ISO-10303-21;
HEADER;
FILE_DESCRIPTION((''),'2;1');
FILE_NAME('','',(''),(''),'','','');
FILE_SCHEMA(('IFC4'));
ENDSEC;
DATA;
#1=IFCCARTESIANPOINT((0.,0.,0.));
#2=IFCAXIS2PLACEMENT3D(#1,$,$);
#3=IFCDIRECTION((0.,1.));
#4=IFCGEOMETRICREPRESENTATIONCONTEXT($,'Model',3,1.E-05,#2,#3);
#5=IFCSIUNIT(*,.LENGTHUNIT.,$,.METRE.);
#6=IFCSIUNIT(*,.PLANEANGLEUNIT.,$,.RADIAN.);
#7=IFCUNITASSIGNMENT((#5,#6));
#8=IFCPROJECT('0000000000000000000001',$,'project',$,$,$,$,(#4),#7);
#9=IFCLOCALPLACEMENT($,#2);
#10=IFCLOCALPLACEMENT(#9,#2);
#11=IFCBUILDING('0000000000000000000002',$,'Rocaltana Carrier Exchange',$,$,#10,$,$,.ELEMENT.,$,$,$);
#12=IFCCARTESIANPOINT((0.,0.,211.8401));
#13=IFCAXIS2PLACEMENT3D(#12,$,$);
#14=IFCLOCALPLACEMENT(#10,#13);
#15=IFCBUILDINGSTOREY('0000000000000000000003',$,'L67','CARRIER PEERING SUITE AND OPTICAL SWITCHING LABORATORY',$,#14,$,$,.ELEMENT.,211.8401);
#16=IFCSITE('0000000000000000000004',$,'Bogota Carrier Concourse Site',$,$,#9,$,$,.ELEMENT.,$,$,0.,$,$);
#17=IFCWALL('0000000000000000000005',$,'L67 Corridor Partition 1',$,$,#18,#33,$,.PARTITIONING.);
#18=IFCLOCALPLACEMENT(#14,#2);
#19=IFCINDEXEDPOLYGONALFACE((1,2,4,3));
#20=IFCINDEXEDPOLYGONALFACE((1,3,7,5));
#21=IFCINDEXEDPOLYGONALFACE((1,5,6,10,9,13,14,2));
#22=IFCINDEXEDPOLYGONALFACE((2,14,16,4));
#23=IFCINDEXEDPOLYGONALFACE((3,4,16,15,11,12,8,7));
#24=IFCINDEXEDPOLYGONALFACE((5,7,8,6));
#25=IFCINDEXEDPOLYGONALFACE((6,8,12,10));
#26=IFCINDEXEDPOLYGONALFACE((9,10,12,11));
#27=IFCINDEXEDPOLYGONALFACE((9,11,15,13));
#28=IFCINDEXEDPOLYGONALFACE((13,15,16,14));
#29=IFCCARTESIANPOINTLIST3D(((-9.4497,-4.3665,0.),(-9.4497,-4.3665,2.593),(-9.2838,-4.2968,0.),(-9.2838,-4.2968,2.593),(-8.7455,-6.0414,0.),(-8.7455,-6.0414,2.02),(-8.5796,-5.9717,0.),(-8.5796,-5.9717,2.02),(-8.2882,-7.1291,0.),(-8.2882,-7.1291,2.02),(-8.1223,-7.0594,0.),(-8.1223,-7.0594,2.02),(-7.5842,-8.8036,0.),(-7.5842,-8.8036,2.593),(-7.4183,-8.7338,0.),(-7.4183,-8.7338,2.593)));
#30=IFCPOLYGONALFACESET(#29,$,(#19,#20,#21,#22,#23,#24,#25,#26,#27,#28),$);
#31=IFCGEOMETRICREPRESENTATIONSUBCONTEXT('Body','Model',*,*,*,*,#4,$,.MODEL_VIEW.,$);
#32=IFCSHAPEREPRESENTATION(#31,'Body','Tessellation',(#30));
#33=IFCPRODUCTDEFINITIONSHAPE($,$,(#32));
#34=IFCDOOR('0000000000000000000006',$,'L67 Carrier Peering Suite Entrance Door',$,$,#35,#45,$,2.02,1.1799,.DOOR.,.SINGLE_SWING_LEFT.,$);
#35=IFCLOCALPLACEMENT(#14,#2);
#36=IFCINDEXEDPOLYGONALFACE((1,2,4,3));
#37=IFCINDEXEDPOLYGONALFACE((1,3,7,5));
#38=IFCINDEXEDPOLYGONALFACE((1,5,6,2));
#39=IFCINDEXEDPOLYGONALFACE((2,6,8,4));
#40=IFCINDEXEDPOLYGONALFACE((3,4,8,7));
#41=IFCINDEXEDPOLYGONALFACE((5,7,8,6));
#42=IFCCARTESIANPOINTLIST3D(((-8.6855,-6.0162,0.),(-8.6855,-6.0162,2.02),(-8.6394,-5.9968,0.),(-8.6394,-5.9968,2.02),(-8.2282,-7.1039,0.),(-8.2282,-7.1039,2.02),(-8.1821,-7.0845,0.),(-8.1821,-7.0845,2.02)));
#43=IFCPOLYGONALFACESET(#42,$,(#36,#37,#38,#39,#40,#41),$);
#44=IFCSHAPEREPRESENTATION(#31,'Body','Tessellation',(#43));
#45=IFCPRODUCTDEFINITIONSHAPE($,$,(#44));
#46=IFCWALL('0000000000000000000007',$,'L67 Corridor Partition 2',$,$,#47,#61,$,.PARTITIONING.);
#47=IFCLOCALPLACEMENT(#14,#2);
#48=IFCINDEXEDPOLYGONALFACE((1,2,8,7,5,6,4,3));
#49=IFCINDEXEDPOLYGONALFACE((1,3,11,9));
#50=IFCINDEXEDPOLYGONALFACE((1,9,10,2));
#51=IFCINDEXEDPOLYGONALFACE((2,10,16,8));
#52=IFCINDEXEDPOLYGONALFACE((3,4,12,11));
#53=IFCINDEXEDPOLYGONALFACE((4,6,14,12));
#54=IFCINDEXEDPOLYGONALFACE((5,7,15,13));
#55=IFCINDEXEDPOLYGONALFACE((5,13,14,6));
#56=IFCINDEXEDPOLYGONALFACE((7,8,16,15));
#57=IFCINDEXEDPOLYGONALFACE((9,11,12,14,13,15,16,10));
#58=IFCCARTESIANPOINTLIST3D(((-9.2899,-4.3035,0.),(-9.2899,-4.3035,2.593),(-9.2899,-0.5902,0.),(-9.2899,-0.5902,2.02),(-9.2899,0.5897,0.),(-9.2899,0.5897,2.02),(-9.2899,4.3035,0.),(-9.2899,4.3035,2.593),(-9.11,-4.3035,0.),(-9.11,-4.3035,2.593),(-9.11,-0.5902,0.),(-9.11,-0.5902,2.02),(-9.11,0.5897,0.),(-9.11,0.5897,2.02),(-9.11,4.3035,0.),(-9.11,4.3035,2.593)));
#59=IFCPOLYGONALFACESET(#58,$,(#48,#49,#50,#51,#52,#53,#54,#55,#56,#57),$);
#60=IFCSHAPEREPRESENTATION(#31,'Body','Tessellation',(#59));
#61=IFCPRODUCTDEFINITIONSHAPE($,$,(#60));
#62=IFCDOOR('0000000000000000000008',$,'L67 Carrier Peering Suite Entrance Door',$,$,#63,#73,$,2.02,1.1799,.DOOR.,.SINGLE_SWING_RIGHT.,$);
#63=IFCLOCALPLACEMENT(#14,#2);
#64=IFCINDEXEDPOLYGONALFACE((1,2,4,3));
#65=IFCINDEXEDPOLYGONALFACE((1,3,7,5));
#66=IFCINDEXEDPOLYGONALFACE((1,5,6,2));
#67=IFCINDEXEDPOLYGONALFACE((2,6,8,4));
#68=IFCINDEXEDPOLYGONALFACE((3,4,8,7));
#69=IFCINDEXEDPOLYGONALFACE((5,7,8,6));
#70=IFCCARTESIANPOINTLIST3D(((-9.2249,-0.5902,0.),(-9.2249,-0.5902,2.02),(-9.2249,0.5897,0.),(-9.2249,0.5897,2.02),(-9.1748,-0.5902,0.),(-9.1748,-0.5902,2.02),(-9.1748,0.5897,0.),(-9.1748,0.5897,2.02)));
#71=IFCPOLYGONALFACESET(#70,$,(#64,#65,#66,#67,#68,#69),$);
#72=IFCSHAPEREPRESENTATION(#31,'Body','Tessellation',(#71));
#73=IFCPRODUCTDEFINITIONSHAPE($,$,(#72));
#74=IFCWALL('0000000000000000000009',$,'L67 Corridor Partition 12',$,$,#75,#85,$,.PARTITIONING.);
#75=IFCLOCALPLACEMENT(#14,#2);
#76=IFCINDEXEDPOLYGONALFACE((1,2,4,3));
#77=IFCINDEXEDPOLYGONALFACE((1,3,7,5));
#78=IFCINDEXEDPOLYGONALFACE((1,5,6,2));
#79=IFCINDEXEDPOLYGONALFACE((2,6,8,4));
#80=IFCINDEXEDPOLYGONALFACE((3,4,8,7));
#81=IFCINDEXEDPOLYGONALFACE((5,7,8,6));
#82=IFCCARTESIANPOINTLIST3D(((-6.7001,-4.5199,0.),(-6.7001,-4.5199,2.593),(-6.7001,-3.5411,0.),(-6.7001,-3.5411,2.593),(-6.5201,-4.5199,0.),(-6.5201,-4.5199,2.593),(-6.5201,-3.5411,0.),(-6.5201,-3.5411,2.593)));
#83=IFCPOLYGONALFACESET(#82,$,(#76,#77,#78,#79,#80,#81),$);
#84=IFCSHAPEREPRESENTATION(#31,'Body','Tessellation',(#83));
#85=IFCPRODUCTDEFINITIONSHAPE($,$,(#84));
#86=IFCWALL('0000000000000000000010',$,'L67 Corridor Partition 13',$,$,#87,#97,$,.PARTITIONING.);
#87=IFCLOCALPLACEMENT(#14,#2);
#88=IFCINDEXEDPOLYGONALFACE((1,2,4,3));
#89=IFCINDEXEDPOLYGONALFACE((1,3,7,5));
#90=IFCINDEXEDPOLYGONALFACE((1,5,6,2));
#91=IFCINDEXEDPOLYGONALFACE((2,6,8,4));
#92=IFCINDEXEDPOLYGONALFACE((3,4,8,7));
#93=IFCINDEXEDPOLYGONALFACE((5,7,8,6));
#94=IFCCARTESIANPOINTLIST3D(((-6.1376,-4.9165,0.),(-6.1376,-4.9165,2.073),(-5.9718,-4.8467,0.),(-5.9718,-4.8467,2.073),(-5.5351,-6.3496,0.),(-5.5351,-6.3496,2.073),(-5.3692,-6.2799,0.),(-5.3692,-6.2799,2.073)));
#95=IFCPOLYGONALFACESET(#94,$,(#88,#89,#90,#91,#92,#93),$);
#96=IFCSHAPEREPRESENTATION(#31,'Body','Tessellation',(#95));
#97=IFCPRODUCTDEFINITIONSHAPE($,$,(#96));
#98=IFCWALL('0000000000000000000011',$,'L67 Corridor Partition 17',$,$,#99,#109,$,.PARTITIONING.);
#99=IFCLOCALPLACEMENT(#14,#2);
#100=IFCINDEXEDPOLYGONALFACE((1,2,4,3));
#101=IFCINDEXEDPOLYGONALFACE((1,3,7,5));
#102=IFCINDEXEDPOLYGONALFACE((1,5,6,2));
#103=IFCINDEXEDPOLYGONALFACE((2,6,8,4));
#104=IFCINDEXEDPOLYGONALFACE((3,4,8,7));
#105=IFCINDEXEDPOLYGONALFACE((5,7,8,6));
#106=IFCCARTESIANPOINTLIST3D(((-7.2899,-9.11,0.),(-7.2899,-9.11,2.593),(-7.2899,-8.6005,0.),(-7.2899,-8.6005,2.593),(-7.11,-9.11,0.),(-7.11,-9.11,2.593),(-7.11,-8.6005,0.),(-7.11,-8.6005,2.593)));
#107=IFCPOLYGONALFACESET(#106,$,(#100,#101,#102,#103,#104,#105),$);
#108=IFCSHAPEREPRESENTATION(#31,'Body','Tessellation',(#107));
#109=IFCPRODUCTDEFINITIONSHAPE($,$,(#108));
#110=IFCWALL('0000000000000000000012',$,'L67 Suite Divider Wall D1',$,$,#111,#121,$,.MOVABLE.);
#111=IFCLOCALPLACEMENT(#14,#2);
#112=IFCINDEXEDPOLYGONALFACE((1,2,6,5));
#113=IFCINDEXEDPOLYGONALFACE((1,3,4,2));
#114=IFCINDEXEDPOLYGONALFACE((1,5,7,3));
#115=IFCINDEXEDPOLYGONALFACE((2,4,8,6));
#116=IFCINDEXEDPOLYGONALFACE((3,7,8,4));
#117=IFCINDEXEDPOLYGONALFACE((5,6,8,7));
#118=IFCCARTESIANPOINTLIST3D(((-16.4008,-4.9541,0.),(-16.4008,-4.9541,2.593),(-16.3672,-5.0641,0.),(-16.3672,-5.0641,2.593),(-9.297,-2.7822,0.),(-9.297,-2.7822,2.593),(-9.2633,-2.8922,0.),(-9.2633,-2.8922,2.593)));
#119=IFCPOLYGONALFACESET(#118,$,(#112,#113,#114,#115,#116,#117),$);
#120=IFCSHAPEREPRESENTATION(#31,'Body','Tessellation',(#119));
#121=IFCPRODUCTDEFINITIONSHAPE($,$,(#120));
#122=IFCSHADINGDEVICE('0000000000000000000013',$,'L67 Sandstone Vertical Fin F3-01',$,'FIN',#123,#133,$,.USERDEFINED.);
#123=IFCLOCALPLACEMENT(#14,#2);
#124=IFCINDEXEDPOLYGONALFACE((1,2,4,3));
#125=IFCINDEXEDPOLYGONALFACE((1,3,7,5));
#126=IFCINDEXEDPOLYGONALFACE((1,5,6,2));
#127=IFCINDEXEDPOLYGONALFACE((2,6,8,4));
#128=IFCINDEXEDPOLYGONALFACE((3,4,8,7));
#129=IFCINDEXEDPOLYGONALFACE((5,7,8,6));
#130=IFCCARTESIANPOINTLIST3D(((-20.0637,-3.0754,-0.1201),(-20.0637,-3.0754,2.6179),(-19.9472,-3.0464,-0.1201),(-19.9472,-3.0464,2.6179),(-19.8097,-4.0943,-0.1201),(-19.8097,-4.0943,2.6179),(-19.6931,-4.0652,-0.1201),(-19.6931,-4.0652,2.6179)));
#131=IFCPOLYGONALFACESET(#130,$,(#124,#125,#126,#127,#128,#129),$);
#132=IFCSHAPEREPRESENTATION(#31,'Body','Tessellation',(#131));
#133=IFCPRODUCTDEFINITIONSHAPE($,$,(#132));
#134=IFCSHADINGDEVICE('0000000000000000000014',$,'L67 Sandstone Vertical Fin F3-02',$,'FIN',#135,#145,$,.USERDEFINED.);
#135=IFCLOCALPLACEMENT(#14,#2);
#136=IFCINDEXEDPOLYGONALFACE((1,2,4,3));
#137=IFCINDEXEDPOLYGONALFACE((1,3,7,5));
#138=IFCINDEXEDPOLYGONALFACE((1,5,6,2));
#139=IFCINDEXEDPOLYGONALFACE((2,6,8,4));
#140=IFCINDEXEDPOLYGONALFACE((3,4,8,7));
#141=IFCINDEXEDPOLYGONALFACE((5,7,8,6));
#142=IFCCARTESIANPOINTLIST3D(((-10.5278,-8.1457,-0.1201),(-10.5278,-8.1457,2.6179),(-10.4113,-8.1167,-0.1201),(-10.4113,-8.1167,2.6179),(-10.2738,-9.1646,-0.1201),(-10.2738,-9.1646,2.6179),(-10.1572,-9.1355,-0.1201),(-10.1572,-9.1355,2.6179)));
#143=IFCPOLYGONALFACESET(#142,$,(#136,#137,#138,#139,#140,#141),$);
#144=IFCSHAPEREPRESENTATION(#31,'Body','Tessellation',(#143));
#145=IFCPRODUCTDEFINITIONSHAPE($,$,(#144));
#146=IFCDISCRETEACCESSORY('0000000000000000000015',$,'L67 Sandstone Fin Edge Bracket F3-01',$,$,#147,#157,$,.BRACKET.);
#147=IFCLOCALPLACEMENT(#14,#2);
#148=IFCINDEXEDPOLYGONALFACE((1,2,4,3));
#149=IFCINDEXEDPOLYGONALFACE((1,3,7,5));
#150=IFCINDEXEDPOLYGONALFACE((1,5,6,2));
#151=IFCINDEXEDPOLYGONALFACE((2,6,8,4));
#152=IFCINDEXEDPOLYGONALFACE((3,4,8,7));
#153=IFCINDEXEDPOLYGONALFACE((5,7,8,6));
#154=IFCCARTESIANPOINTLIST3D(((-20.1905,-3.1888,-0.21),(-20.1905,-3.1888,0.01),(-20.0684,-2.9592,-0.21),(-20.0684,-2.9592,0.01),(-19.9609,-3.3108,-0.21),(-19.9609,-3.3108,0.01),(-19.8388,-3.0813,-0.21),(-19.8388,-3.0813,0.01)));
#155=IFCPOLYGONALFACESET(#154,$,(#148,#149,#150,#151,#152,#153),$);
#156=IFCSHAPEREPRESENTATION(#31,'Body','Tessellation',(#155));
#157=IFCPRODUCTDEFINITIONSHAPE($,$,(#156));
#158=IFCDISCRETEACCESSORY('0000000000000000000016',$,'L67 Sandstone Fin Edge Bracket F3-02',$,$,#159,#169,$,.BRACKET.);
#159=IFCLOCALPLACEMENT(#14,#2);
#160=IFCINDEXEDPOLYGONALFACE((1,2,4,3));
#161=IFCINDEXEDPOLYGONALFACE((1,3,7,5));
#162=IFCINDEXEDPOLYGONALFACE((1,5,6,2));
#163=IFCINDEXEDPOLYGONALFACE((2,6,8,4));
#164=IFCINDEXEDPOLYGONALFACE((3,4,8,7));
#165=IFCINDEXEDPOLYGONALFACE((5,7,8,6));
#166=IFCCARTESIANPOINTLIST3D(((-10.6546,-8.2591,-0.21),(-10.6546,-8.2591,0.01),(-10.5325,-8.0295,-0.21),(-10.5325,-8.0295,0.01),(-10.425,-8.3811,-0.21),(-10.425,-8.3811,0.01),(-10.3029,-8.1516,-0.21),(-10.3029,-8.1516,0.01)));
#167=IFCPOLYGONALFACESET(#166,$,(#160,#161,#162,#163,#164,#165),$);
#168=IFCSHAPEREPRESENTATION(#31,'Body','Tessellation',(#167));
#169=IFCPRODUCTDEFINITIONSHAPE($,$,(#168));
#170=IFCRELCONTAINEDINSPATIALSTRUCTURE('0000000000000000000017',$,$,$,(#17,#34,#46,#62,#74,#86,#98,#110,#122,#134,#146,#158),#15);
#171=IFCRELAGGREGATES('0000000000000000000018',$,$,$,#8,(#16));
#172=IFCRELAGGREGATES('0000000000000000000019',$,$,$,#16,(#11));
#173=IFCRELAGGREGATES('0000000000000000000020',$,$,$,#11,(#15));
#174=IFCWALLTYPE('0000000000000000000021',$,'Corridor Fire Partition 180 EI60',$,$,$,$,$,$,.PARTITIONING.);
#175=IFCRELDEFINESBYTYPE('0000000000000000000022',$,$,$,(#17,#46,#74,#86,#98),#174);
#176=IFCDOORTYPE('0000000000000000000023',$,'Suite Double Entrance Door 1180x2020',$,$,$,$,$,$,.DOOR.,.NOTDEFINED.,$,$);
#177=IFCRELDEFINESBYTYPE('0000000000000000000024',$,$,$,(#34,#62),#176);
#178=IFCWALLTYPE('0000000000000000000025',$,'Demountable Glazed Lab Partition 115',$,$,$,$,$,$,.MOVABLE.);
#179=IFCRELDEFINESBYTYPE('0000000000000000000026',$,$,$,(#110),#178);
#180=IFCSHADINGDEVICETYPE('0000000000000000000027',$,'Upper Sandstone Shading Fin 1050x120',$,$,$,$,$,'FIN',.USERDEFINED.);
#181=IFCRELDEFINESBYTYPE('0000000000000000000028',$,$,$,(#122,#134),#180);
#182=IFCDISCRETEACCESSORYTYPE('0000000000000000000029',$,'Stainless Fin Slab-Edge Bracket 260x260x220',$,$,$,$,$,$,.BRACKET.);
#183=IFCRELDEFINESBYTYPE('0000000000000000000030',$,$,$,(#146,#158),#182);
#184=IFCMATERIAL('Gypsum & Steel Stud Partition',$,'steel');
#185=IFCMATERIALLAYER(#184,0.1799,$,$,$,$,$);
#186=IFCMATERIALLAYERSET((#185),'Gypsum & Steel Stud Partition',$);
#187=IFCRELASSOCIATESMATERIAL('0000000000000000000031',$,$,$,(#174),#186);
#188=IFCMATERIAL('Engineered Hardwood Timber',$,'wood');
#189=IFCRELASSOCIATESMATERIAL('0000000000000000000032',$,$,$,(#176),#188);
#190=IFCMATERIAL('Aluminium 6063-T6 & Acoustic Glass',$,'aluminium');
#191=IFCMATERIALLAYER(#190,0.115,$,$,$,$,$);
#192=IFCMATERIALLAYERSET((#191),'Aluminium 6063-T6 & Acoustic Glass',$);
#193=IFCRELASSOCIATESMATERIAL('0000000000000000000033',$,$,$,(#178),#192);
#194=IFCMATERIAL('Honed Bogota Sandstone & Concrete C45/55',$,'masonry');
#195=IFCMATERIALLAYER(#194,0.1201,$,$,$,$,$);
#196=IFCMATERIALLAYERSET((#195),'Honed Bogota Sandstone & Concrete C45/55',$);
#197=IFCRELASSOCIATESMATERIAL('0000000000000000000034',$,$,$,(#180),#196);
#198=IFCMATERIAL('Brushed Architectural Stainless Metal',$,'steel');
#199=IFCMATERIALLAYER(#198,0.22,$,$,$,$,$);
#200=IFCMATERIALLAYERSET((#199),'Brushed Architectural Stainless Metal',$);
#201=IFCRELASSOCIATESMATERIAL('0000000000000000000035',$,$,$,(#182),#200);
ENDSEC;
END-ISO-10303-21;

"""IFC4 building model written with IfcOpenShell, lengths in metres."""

from ifc_helpers import new_model, si_unit, direction, frame, frame_2d, origin, origin_2d, place, context, subcontext, project, spatial, rectangle, extrude, material, layer, layer_set, type_object, element, fill, save


model = new_model("IFC4")

# Units and contexts
model_context = context("Model", 3, precision=1e-05, world=origin(), true_north=direction((0.0, 1.0)))
body_context = subcontext(model_context, "Body", "Model", "MODEL_VIEW")
ifc_project = project(units=[si_unit("LENGTHUNIT", "METRE"), si_unit("PLANEANGLEUNIT", "RADIAN")], contexts=[model_context])

# Site, building, storey
site_placement = place(None, origin())
site = spatial("IfcSite", under=ifc_project, at=site_placement, Name="Bogota Carrier Concourse Site", CompositionType="ELEMENT", RefElevation=0.0)
building_placement = place(site_placement, origin())
building = spatial("IfcBuilding", under=site, at=building_placement, Name="Rocaltana Carrier Exchange", CompositionType="ELEMENT")
storey_placement = place(building_placement, frame((0.0, 0.0, 211.8401)))
storey = spatial("IfcBuildingStorey", under=building, at=storey_placement, Name="L67", Description="CARRIER PEERING SUITE AND OPTICAL SWITCHING LABORATORY", CompositionType="ELEMENT", Elevation=211.8401)

# Walls, openings, doors
ifc_material_1 = material(Name="Gypsum & Steel Stud Partition", Category="steel")
ifc_layer_1 = layer(ifc_material_1, 0.1799)
ifc_layer_set_1 = layer_set([ifc_layer_1], Name="Gypsum & Steel Stud Partition")
wall_type_1 = type_object("IfcWallType", Name="Corridor Fire Partition 180 EI60", PredefinedType="PARTITIONING", material=ifc_layer_set_1)
wall_1_placement = place(storey_placement, frame((-7.5012, -8.7688, 0.0), z_axis=(0.0, 0.0, 1.0), x_axis=(-0.387574, 0.921839, 0.0)))
wall_1 = element("IfcWall", 1, at=wall_1_placement, inside=storey, type_object=wall_type_1, Name="L67 Corridor Partition 1", PredefinedType="PARTITIONING", context=body_context, shape_type="SweptSolid", body=[
    extrude(rectangle(XDim=4.8132, YDim=0.1799, at=frame_2d((2.4067, 0.0))), origin(), (0.0, 0.0, 1.0), 2.593),
])
opening_1_placement = place(wall_1_placement, frame((1.8167, 0.0, 0.0)))
opening_1 = element("IfcOpeningElement", 2, at=opening_1_placement, cuts=wall_1, PredefinedType="OPENING", context=body_context, shape_type="SweptSolid", body=[
    extrude(rectangle(XDim=1.1799, YDim=2.02, at=frame_2d((0.5898, 1.01))), frame((0.0, 0.0999, 0.0), z_axis=(0.0, -1.0, 0.0), x_axis=(1.0, 0.0, 0.0)), (0.0, 0.0, 1.0), 0.2),
])
ifc_material_2 = material(Name="Engineered Hardwood Timber", Category="wood")
door_type = type_object("IfcDoorType", Name="Suite Double Entrance Door 1180x2020", OperationType="NOTDEFINED", PredefinedType="DOOR", material=ifc_material_2)
door_1_placement = place(opening_1_placement, origin())
door_1 = element("IfcDoor", 3, at=door_1_placement, inside=storey, type_object=door_type, Name="L67 Carrier Peering Suite Entrance Door", OperationType="SINGLE_SWING_LEFT", OverallHeight=2.02, OverallWidth=1.1799, PredefinedType="DOOR", context=body_context, shape_type="SweptSolid", body=[
    extrude(rectangle(XDim=1.1799, YDim=2.02, at=frame_2d((0.5898, 1.01))), frame((0.0, 0.0249, 0.0), z_axis=(0.0, -1.0, 0.0), x_axis=(1.0, 0.0, 0.0)), (0.0, 0.0, 1.0), 0.05),
])
fill(opening_1, door_1)
wall_2_placement = place(storey_placement, frame((-9.2, -4.3035, 0.0), z_axis=(0.0, 0.0, 1.0), x_axis=(0.0, 1.0, 0.0)))
wall_2 = element("IfcWall", 4, at=wall_2_placement, inside=storey, type_object=wall_type_1, Name="L67 Corridor Partition 2", PredefinedType="PARTITIONING", context=body_context, shape_type="SweptSolid", body=[
    extrude(rectangle(XDim=8.6069, YDim=0.1799, at=frame_2d((4.3035, 0.0))), origin(), (0.0, 0.0, 1.0), 2.593),
])
opening_2_placement = place(wall_2_placement, frame((3.7134, 0.0, 0.0)))
opening_2 = element("IfcOpeningElement", 5, at=opening_2_placement, cuts=wall_2, PredefinedType="OPENING", context=body_context, shape_type="SweptSolid", body=[
    extrude(rectangle(XDim=1.1799, YDim=2.02, at=frame_2d((0.5898, 1.01))), frame((0.0, 0.0999, 0.0), z_axis=(0.0, -1.0, 0.0), x_axis=(1.0, 0.0, 0.0)), (0.0, 0.0, 1.0), 0.2),
])
door_2_placement = place(opening_2_placement, origin())
door_2 = element("IfcDoor", 6, at=door_2_placement, inside=storey, type_object=door_type, Name="L67 Carrier Peering Suite Entrance Door", OperationType="SINGLE_SWING_RIGHT", OverallHeight=2.02, OverallWidth=1.1799, PredefinedType="DOOR", context=body_context, shape_type="SweptSolid", body=[
    extrude(rectangle(XDim=1.1799, YDim=2.02, at=frame_2d((0.5898, 1.01))), frame((0.0, 0.0249, 0.0), z_axis=(0.0, -1.0, 0.0), x_axis=(1.0, 0.0, 0.0)), (0.0, 0.0, 1.0), 0.05),
])
fill(opening_2, door_2)

# Walls
wall_3_placement = place(storey_placement, frame((-6.6101, -3.5413, 0.0), z_axis=(0.0, 0.0, 1.0), x_axis=(0.0, -1.0, 0.0)))
element("IfcWall", 7, at=wall_3_placement, inside=storey, type_object=wall_type_1, Name="L67 Corridor Partition 12", PredefinedType="PARTITIONING", context=body_context, shape_type="SweptSolid", body=[
    extrude(rectangle(XDim=0.9788, YDim=0.1799, at=frame_2d((0.4893, 0.0))), origin(), (0.0, 0.0, 1.0), 2.593),
])
wall_4_placement = place(storey_placement, frame((-6.0547, -4.8816, 0.0), z_axis=(0.0, 0.0, 1.0), x_axis=(0.38758, -0.921836, 0.0)))
element("IfcWall", 8, at=wall_4_placement, inside=storey, type_object=wall_type_1, Name="L67 Corridor Partition 13", PredefinedType="PARTITIONING", context=body_context, shape_type="SweptSolid", body=[
    extrude(rectangle(XDim=1.5547, YDim=0.1799, at=frame_2d((0.7773, 0.0))), origin(), (0.0, 0.0, 1.0), 2.073),
])
wall_5_placement = place(storey_placement, frame((-7.2, -9.1101, 0.0), z_axis=(0.0, 0.0, 1.0), x_axis=(0.0, 1.0, 0.0)))
element("IfcWall", 9, at=wall_5_placement, inside=storey, type_object=wall_type_1, Name="L67 Corridor Partition 17", PredefinedType="PARTITIONING", context=body_context, shape_type="SweptSolid", body=[
    extrude(rectangle(XDim=0.5095, YDim=0.1799, at=frame_2d((0.2549, 0.0))), origin(), (0.0, 0.0, 1.0), 2.593),
])
ifc_material_3 = material(Name="Aluminium 6063-T6 & Acoustic Glass", Category="aluminium")
ifc_layer_2 = layer(ifc_material_3, 0.115)
ifc_layer_set_2 = layer_set([ifc_layer_2], Name="Aluminium 6063-T6 & Acoustic Glass")
wall_type_2 = type_object("IfcWallType", Name="Demountable Glazed Lab Partition 115", PredefinedType="MOVABLE", material=ifc_layer_set_2)
wall_6_placement = place(storey_placement, frame((-9.28, -2.8372, 0.0), z_axis=(0.0, 0.0, 1.0), x_axis=(-0.956303, -0.292376, 0.0)))
element("IfcWall", 10, at=wall_6_placement, inside=storey, type_object=wall_type_2, Name="L67 Suite Divider Wall D1", PredefinedType="MOVABLE", context=body_context, shape_type="SweptSolid", body=[
    extrude(rectangle(XDim=7.4285, YDim=0.115, at=frame_2d((3.7144, 0.0))), origin(), (0.0, 0.0, 1.0), 2.593),
])

# Shading devices
ifc_material_4 = material(Name="Honed Bogota Sandstone & Concrete C45/55", Category="masonry")
ifc_layer_3 = layer(ifc_material_4, 0.1201)
ifc_layer_set_3 = layer_set([ifc_layer_3], Name="Honed Bogota Sandstone & Concrete C45/55")
shading_device_type = type_object("IfcShadingDeviceType", Name="Upper Sandstone Shading Fin 1050x120", ElementType="FIN", PredefinedType="USERDEFINED", material=ifc_layer_set_3)
for number, where, z_axis, x_axis, name in (
    (11, (-19.8784, -3.5703, -0.1201), (0.0, 0.0, 1.0), (0.241922, -0.970296, 0.0), "L67 Sandstone Vertical Fin F3-01"),
    (12, (-10.3425, -8.6406, -0.1201), (0.0, 0.0, 1.0), (0.241922, -0.970296, 0.0), "L67 Sandstone Vertical Fin F3-02"),
):
    element("IfcShadingDevice", number, at=place(storey_placement, frame(where, z_axis=z_axis, x_axis=x_axis)), inside=storey, type_object=shading_device_type, Name=name, ObjectType="FIN", PredefinedType="USERDEFINED", context=body_context, shape_type="SweptSolid", body=[
        extrude(rectangle(XDim=1.05, YDim=0.1201, at=origin_2d()), origin(), (0.0, 0.0, 1.0), 2.738),
    ])

# Discrete accessories
ifc_material_5 = material(Name="Brushed Architectural Stainless Metal", Category="steel")
ifc_layer_4 = layer(ifc_material_5, 0.22)
ifc_layer_set_4 = layer_set([ifc_layer_4], Name="Brushed Architectural Stainless Metal")
discrete_accessory_type = type_object("IfcDiscreteAccessoryType", Name="Stainless Fin Slab-Edge Bracket 260x260x220", PredefinedType="BRACKET", material=ifc_layer_set_4)
for number, where, z_axis, x_axis, name in (
    (13, (-20.0146, -3.135, -0.21), (0.0, 0.0, 1.0), (0.882948, -0.469472, 0.0), "L67 Sandstone Fin Edge Bracket F3-01"),
    (14, (-10.4788, -8.2053, -0.21), (0.0, 0.0, 1.0), (0.882948, -0.469472, 0.0), "L67 Sandstone Fin Edge Bracket F3-02"),
):
    element("IfcDiscreteAccessory", number, at=place(storey_placement, frame(where, z_axis=z_axis, x_axis=x_axis)), inside=storey, type_object=discrete_accessory_type, Name=name, PredefinedType="BRACKET", context=body_context, shape_type="SweptSolid", body=[
        extrude(rectangle(XDim=0.26, YDim=0.26, at=origin_2d()), origin(), (0.0, 0.0, 1.0), 0.22),
    ])

save(model, "model.ifc")
